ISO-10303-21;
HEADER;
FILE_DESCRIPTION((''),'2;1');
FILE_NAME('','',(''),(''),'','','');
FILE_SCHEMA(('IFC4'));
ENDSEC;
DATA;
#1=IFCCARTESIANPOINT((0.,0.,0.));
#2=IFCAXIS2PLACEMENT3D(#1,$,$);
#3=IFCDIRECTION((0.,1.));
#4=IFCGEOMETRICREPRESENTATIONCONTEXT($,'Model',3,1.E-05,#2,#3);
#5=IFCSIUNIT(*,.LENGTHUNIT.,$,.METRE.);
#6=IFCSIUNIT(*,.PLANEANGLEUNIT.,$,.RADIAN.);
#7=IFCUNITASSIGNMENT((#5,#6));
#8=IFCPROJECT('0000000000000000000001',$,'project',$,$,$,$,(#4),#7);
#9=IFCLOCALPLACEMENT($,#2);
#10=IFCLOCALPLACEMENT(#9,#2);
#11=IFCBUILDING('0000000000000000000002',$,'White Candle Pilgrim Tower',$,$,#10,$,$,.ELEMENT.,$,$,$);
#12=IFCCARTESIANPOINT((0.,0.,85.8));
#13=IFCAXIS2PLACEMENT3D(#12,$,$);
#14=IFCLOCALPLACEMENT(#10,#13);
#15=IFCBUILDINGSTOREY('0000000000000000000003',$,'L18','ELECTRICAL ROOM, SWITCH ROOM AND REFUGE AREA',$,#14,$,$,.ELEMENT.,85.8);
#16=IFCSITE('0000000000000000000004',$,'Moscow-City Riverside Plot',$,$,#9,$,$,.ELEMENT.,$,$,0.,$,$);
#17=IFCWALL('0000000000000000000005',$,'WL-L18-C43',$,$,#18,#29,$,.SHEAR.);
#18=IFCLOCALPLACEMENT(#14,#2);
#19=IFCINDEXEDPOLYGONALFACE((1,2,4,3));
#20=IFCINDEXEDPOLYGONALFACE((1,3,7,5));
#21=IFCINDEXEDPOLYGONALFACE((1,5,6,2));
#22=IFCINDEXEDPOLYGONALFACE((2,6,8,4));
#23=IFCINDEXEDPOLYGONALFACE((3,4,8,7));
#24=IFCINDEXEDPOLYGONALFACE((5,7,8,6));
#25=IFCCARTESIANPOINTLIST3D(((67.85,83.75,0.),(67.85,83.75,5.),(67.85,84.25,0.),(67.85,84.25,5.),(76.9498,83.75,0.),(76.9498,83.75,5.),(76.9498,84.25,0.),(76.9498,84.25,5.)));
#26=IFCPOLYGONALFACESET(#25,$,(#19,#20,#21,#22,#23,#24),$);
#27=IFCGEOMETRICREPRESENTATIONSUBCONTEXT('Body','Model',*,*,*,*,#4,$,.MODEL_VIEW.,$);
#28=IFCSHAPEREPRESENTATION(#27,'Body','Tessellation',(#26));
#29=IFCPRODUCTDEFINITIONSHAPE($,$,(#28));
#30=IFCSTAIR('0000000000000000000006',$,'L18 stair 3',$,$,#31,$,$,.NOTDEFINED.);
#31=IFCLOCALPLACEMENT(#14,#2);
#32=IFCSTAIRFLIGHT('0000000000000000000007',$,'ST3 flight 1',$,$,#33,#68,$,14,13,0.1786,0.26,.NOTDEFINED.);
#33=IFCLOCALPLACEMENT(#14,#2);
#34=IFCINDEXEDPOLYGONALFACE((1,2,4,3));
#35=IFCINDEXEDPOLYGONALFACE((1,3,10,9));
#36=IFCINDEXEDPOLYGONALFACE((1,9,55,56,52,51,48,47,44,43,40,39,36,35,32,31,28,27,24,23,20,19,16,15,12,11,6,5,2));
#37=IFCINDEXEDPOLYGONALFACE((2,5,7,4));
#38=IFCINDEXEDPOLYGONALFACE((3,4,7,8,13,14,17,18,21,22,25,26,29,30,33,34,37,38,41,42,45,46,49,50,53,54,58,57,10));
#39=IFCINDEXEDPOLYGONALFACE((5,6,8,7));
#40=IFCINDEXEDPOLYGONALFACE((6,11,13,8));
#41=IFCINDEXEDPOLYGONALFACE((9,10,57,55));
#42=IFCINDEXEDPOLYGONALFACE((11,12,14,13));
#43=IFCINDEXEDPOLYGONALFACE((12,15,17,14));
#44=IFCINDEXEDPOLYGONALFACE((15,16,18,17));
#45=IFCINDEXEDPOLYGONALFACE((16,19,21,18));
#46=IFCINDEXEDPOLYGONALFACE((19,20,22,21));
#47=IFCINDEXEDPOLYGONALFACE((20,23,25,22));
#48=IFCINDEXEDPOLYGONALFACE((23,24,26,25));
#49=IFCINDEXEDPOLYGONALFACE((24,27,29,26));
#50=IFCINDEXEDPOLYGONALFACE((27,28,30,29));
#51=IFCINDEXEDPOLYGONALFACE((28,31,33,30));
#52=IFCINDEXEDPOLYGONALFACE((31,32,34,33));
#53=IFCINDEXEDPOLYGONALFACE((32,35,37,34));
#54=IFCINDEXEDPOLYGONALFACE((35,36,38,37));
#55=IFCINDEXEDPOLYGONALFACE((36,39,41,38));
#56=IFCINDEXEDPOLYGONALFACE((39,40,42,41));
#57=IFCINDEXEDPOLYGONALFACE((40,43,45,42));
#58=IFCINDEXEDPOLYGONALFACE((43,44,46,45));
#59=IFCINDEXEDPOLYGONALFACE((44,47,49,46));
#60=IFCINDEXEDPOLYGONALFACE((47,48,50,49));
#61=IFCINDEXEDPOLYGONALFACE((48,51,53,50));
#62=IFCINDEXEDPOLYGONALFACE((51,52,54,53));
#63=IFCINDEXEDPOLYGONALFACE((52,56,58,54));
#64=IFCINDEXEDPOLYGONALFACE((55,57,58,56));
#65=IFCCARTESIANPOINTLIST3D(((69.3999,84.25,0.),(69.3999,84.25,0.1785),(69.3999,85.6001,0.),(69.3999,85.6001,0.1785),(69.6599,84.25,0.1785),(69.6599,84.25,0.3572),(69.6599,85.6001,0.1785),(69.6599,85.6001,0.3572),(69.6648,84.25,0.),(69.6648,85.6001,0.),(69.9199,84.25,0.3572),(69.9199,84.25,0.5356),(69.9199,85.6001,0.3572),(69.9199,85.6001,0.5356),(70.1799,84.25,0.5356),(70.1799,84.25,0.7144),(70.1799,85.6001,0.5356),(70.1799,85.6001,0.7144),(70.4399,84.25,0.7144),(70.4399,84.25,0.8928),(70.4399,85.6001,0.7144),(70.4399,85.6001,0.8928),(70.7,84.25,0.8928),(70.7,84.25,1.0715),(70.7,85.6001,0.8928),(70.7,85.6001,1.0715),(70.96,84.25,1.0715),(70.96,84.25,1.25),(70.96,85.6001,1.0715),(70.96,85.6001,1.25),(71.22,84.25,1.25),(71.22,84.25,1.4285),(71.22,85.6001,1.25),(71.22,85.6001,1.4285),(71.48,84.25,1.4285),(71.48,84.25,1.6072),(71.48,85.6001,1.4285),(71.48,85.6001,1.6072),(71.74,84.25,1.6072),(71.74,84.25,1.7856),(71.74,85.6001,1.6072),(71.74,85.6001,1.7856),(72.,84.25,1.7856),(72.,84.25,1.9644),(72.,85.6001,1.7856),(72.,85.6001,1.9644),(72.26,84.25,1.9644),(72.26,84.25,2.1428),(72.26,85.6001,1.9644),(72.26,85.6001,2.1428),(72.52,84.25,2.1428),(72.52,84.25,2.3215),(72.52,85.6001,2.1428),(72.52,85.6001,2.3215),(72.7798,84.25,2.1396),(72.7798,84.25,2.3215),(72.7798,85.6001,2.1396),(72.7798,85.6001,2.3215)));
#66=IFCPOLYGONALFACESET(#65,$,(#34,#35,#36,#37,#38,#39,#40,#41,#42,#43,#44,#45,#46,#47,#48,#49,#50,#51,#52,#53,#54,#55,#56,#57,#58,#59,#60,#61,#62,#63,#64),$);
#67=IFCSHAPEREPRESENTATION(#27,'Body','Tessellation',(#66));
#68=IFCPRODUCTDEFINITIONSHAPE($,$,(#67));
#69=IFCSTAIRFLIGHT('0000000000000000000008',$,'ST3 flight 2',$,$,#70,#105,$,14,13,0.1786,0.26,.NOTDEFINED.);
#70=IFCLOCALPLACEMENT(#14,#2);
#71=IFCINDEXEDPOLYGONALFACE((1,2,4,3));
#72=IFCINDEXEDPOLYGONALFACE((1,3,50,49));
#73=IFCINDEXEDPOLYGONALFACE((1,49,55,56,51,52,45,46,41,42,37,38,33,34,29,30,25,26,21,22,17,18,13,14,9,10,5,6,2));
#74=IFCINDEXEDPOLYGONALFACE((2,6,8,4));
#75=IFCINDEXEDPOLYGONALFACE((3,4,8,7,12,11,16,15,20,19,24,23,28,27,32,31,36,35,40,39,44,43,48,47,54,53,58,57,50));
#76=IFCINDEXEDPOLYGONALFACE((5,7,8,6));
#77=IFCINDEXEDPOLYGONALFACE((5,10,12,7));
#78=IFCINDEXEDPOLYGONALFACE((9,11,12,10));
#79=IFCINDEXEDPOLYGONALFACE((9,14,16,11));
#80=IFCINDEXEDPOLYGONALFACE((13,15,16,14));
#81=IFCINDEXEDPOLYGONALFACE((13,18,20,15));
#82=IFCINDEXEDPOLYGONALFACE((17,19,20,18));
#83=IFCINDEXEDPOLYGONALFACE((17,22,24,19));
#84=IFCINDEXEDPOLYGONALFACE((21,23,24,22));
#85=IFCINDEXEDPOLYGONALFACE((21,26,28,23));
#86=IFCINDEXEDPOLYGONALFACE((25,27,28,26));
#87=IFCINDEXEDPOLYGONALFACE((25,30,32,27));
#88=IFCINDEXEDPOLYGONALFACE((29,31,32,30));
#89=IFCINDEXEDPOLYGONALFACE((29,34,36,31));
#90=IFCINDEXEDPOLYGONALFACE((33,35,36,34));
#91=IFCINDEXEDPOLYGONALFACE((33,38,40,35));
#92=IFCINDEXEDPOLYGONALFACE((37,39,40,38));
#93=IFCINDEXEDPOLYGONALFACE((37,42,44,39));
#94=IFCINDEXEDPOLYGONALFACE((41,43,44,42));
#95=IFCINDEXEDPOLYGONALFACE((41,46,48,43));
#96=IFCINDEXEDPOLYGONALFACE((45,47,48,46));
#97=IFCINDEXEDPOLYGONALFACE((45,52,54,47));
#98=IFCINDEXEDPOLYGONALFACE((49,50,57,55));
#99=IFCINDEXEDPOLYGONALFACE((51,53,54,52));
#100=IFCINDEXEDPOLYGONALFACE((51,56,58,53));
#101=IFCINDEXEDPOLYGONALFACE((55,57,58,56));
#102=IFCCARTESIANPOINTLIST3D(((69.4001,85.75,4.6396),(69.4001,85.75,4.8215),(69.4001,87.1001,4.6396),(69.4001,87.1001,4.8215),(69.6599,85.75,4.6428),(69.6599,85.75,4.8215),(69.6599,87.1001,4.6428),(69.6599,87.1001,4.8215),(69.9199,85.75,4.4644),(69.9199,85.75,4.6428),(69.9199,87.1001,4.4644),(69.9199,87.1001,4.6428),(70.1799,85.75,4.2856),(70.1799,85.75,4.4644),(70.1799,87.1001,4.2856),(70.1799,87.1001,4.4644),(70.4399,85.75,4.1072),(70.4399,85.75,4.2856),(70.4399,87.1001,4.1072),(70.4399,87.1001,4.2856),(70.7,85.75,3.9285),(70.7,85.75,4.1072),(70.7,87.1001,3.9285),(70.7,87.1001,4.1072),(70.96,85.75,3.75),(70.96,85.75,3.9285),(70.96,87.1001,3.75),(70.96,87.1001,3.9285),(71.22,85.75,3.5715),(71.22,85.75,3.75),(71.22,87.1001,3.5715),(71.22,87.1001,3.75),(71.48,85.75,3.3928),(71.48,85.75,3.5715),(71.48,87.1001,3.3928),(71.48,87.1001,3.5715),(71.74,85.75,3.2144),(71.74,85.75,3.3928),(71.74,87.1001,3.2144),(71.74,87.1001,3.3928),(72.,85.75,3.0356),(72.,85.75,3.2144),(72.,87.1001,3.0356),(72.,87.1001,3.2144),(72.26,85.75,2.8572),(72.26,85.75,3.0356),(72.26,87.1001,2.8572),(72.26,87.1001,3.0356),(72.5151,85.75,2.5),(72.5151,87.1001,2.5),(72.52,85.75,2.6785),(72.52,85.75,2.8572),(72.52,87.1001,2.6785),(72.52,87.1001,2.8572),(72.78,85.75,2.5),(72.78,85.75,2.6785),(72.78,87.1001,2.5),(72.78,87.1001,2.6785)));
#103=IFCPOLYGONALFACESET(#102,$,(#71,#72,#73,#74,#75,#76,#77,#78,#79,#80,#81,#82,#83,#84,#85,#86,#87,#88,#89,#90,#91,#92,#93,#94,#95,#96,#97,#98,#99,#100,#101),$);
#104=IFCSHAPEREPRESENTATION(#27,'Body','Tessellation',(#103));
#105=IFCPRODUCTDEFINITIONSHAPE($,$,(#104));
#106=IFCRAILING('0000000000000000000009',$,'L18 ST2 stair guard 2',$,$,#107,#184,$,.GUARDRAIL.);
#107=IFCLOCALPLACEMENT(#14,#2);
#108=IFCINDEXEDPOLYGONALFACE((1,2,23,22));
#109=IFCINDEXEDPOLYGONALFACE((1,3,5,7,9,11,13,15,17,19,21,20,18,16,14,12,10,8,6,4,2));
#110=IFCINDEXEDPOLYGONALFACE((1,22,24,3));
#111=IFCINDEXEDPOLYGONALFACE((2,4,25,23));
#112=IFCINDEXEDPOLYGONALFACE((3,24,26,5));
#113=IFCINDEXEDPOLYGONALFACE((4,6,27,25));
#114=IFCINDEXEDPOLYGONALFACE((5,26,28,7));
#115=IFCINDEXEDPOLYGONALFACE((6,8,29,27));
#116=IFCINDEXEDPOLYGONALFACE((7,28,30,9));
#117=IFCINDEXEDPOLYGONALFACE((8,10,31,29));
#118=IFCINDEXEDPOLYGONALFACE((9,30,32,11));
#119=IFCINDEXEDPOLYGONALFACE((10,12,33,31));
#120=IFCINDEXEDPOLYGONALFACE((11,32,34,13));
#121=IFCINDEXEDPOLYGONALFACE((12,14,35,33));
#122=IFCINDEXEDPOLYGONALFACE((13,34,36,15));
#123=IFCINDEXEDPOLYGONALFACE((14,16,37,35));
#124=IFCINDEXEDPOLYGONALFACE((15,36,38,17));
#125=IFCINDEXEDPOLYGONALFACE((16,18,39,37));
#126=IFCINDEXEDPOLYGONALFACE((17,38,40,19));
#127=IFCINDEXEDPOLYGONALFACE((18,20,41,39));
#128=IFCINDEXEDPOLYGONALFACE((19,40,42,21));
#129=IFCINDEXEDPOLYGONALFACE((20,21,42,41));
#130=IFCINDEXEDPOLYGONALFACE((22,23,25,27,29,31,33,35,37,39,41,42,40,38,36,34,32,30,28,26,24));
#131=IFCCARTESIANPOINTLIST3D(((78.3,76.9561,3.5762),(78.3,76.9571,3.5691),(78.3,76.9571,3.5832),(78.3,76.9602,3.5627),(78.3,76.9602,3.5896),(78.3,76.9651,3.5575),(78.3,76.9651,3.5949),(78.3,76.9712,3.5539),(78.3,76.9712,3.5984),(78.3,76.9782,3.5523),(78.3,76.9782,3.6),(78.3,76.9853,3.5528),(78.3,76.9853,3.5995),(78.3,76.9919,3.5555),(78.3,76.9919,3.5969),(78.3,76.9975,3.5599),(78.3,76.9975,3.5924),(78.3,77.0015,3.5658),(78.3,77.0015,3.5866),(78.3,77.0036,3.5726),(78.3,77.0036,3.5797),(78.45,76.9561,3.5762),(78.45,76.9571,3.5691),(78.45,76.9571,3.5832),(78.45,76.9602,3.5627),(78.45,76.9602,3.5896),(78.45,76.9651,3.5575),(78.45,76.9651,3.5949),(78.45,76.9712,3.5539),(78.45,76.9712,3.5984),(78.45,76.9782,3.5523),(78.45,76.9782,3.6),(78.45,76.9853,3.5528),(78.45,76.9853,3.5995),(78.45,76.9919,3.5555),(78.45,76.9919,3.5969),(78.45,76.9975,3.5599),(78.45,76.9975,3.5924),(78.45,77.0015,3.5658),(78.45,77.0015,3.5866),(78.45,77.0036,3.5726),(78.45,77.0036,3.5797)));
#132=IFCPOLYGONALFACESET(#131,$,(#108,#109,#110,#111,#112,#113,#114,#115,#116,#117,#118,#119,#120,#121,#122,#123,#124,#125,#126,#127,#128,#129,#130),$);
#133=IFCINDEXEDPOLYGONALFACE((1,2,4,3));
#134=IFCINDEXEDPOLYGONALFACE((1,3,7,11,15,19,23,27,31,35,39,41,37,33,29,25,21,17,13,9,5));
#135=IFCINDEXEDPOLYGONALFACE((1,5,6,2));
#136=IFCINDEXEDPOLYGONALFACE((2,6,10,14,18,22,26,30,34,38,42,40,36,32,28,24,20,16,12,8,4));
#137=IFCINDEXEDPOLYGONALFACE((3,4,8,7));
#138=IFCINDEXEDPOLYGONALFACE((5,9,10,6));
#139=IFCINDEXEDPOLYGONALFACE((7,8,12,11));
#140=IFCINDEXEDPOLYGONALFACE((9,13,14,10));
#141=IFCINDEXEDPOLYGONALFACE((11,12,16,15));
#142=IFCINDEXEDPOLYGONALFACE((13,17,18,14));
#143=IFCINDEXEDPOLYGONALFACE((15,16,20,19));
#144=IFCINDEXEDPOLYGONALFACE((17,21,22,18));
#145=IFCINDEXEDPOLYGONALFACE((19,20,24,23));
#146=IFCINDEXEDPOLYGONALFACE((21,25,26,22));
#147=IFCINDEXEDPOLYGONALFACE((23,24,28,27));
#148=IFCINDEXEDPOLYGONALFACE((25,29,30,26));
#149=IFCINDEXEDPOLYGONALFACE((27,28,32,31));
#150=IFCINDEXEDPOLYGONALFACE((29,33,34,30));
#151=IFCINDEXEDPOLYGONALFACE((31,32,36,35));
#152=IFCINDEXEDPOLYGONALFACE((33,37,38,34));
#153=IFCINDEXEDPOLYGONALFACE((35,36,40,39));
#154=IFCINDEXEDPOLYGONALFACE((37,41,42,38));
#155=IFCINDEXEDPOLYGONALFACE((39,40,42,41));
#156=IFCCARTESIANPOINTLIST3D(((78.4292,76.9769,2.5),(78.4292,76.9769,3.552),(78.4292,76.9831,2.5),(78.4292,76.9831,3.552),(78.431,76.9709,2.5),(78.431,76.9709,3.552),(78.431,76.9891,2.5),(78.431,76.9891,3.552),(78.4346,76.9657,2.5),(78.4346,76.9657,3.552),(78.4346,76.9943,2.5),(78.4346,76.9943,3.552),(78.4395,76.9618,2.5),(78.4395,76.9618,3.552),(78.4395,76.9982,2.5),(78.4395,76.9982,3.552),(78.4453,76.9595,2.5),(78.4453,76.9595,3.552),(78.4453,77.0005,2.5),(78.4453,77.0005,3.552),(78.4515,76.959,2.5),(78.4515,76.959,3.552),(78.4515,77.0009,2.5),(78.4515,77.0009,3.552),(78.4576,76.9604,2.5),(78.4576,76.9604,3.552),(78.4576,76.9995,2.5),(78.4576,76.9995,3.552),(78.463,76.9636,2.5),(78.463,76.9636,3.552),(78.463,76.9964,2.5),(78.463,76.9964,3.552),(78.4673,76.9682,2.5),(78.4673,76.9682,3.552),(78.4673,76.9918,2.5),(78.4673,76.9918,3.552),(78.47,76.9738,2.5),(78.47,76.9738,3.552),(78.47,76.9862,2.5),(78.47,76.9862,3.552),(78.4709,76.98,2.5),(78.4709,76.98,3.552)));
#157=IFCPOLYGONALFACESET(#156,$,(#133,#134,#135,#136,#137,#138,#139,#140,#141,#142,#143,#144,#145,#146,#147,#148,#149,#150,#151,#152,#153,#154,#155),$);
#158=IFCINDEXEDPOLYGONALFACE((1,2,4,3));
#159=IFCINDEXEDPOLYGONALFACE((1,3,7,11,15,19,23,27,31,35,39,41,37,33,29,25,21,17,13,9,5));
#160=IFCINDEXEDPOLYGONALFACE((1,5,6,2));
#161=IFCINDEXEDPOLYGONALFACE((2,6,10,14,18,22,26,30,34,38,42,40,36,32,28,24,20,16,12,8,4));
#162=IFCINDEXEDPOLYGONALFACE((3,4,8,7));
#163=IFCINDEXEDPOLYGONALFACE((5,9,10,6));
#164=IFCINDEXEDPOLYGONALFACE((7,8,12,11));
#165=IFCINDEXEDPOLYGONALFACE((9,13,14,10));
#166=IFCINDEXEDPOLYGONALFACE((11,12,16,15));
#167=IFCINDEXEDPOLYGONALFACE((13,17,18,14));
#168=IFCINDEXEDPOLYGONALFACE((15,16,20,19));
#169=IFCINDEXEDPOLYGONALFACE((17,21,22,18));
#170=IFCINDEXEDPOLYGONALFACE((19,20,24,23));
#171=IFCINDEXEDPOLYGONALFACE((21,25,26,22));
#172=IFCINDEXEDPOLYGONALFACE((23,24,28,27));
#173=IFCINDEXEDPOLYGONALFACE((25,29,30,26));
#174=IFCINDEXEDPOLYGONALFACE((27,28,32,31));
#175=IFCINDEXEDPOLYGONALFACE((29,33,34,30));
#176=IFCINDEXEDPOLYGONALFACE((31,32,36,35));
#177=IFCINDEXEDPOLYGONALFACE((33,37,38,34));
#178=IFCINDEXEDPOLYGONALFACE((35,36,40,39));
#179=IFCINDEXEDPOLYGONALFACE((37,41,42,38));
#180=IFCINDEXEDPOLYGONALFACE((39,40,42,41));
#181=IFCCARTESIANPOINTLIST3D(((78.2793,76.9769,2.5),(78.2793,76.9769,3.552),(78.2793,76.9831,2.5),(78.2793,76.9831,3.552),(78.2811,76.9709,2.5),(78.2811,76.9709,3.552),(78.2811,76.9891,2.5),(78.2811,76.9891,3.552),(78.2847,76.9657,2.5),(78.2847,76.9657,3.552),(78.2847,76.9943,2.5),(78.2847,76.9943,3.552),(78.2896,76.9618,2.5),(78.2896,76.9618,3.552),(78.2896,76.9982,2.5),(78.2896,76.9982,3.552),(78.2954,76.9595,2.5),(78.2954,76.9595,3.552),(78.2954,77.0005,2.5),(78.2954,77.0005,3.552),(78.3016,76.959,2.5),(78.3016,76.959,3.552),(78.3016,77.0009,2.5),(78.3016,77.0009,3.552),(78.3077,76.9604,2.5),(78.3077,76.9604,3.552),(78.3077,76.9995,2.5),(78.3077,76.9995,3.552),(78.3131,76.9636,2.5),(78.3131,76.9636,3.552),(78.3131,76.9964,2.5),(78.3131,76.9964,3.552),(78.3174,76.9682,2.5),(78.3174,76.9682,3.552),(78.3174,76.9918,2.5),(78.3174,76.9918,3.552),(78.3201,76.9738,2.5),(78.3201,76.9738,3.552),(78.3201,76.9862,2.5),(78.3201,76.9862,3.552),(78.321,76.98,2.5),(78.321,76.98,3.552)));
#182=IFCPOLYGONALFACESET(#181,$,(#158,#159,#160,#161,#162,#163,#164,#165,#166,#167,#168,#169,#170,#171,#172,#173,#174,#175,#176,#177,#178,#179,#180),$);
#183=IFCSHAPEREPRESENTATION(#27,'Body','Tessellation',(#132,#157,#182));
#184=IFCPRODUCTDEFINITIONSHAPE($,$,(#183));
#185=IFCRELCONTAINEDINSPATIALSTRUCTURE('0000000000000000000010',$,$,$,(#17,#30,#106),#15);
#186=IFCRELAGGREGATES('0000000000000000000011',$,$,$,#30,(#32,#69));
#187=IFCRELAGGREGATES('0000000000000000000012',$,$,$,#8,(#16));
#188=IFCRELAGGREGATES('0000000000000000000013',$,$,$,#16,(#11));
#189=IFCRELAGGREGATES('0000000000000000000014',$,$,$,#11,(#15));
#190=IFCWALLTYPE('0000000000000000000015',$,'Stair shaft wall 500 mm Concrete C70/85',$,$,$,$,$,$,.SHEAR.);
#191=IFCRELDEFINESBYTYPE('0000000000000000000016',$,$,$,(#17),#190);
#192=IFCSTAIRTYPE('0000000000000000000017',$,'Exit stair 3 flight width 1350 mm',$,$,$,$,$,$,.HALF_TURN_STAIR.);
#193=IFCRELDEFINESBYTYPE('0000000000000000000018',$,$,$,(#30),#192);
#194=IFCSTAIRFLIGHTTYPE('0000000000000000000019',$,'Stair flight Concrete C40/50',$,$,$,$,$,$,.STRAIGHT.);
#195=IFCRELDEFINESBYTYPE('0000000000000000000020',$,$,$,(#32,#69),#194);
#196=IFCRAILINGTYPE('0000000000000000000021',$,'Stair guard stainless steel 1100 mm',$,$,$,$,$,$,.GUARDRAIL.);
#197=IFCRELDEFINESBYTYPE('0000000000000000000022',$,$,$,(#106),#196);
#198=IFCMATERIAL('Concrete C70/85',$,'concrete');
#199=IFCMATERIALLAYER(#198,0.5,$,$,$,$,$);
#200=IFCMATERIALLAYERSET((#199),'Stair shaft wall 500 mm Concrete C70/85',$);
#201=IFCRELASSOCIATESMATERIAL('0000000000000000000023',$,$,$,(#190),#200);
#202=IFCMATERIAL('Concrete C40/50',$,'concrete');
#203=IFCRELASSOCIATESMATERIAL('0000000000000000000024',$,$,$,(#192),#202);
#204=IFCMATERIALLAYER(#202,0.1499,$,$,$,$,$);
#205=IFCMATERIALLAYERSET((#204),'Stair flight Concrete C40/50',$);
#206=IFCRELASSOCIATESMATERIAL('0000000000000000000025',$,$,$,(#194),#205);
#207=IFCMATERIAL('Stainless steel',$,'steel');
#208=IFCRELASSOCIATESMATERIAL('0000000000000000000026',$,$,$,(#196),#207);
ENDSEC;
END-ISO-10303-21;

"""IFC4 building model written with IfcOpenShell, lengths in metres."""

from ifc_helpers import new_model, si_unit, direction, frame, frame_2d, origin, origin_2d, place, context, subcontext, project, spatial, polyline, rectangle, circle, outline, extrude, material, layer, layer_set, type_object, element, aggregate, save


model = new_model("IFC4")

# Units and contexts
model_context = context("Model", 3, precision=1e-05, world=origin(), true_north=direction((0.0, 1.0)))
body_context = subcontext(model_context, "Body", "Model", "MODEL_VIEW")
ifc_project = project(units=[si_unit("LENGTHUNIT", "METRE"), si_unit("PLANEANGLEUNIT", "RADIAN")], contexts=[model_context])

# Site, building, storey
site_placement = place(None, origin())
site = spatial("IfcSite", under=ifc_project, at=site_placement, Name="Moscow-City Riverside Plot", CompositionType="ELEMENT", RefElevation=0.0)
building_placement = place(site_placement, origin())
building = spatial("IfcBuilding", under=site, at=building_placement, Name="White Candle Pilgrim Tower", CompositionType="ELEMENT")
storey_placement = place(building_placement, frame((0.0, 0.0, 85.8)))
storey = spatial("IfcBuildingStorey", under=building, at=storey_placement, Name="L18", Description="ELECTRICAL ROOM, SWITCH ROOM AND REFUGE AREA", CompositionType="ELEMENT", Elevation=85.8)

# Shared definitions
ifc_material_1 = material(Name="Concrete C70/85", Category="concrete")

# Wall
ifc_layer_1 = layer(ifc_material_1, 0.5)
ifc_layer_set_1 = layer_set([ifc_layer_1], Name="Stair shaft wall 500 mm Concrete C70/85")
wall_type_1 = type_object("IfcWallType", Name="Stair shaft wall 500 mm Concrete C70/85", PredefinedType="SHEAR", material=ifc_layer_set_1)
wall_1_placement = place(storey_placement, frame((67.8501, 84.0, 0.0), z_axis=(0.0, 0.0, 1.0), x_axis=(1.0, 0.0, 0.0)))
element("IfcWall", 1, at=wall_1_placement, inside=storey, type_object=wall_type_1, Name="WL-L18-C43", PredefinedType="SHEAR", context=body_context, shape_type="SweptSolid", body=[
    extrude(rectangle(XDim=9.0999, YDim=0.5, at=frame_2d((4.5498, 0.0))), origin(), (0.0, 0.0, 1.0), 5.0),
])

# Stair, stair flights
ifc_material_2 = material(Name="Concrete C40/50", Category="concrete")
stair_type = type_object("IfcStairType", Name="Exit stair 3 flight width 1350 mm", PredefinedType="HALF_TURN_STAIR", material=ifc_material_2)
stair_placement = place(storey_placement, origin())
stair = element("IfcStair", 2, at=stair_placement, inside=storey, type_object=stair_type, Name="L18 stair 3", PredefinedType="NOTDEFINED")
ifc_layer_2 = layer(ifc_material_2, 0.1499)
ifc_layer_set_2 = layer_set([ifc_layer_2], Name="Stair flight Concrete C40/50")
stair_flight_type = type_object("IfcStairFlightType", Name="Stair flight Concrete C40/50", PredefinedType="STRAIGHT", material=ifc_layer_set_2)
stair_flight_1_placement = place(storey_placement, frame((69.3999, 84.925, 0.0), z_axis=(0.0, 0.0, 1.0), x_axis=(1.0, 0.0, 0.0)))
stair_flight_1 = element("IfcStairFlight", 3, at=stair_flight_1_placement, type_object=stair_flight_type, Name="ST3 flight 1", NumberOfRisers=14, NumberOfTreads=13, PredefinedType="NOTDEFINED", RiserHeight=0.1786, TreadLength=0.26, context=body_context, shape_type="SweptSolid", body=[
    extrude(outline(polyline([(0.0, 0.0), (0.0, 0.1785), (0.26, 0.1785), (0.26, 0.3572), (0.52, 0.3572), (0.52, 0.5356), (0.78, 0.5356), (0.78, 0.7144), (1.04, 0.7144), (1.04, 0.8928), (1.3, 0.8928), (1.3, 1.0715), (1.5601, 1.0715), (1.5601, 1.25), (1.8201, 1.25), (1.8201, 1.4285), (2.0801, 1.4285), (2.0801, 1.6072), (2.3401, 1.6072), (2.3401, 1.7856), (2.6001, 1.7856), (2.6001, 1.9644), (2.8601, 1.9644), (2.8601, 2.1428), (3.1201, 2.1428), (3.1201, 2.3215), (3.3799, 2.3215), (3.3799, 2.5), (3.3799, 2.1396), (0.2649, 0.0), (0.0, 0.0)])), frame((0.0, 0.675, 0.0), z_axis=(0.0, -1.0, 0.0), x_axis=(1.0, 0.0, 0.0)), (0.0, 0.0, 1.0), 1.3501),
])
stair_flight_2_placement = place(storey_placement, frame((72.78, 86.425, 2.5), z_axis=(0.0, 0.0, 1.0), x_axis=(-1.0, 0.0, 0.0)))
stair_flight_2 = element("IfcStairFlight", 4, at=stair_flight_2_placement, type_object=stair_flight_type, Name="ST3 flight 2", NumberOfRisers=14, NumberOfTreads=13, PredefinedType="NOTDEFINED", RiserHeight=0.1786, TreadLength=0.26, context=body_context, shape_type="SweptSolid", body=[
    extrude(outline(polyline([(0.0, 0.0), (0.0, 0.1785), (0.26, 0.1785), (0.26, 0.3572), (0.52, 0.3572), (0.52, 0.5356), (0.78, 0.5356), (0.78, 0.7144), (1.04, 0.7144), (1.04, 0.8928), (1.3, 0.8928), (1.3, 1.0715), (1.5601, 1.0715), (1.5601, 1.25), (1.8201, 1.25), (1.8201, 1.4285), (2.0801, 1.4285), (2.0801, 1.6072), (2.3401, 1.6072), (2.3401, 1.7856), (2.6001, 1.7856), (2.6001, 1.9644), (2.8601, 1.9644), (2.8601, 2.1428), (3.1201, 2.1428), (3.1201, 2.3215), (3.3799, 2.3215), (3.3799, 2.5), (3.3799, 2.1396), (0.2649, 0.0), (0.0, 0.0)])), frame((0.0, 0.675, 0.0), z_axis=(0.0, -1.0, 0.0), x_axis=(1.0, 0.0, 0.0)), (0.0, 0.0, 1.0), 1.3501),
])
aggregate(stair, [stair_flight_1, stair_flight_2])

# Railing
ifc_material_3 = material(Name="Stainless steel", Category="steel")
railing_type_1 = type_object("IfcRailingType", Name="Stair guard stainless steel 1100 mm", PredefinedType="GUARDRAIL", material=ifc_material_3)
railing_1_placement = place(storey_placement, frame((78.45, 76.98, 2.5)))
element("IfcRailing", 5, at=railing_1_placement, inside=storey, type_object=railing_type_1, Name="L18 ST2 stair guard 2", PredefinedType="GUARDRAIL", context=body_context, shape_type="SweptSolid", body=[
    extrude(circle(Radius=0.0239, at=origin_2d()), frame((0.0, 0.0, 1.0762), z_axis=(-1.0, 0.0, 0.0), x_axis=(0.0, -1.0, 0.0)), (0.0, 0.0, 1.0), 0.1499),
    extrude(circle(Radius=0.021, at=origin_2d()), origin(), (0.0, 0.0, 1.0), 1.052),
    extrude(circle(Radius=0.021, at=origin_2d()), frame((-0.1499, 0.0, 0.0)), (0.0, 0.0, 1.0), 1.052),
])

save(model, "model.ifc")
